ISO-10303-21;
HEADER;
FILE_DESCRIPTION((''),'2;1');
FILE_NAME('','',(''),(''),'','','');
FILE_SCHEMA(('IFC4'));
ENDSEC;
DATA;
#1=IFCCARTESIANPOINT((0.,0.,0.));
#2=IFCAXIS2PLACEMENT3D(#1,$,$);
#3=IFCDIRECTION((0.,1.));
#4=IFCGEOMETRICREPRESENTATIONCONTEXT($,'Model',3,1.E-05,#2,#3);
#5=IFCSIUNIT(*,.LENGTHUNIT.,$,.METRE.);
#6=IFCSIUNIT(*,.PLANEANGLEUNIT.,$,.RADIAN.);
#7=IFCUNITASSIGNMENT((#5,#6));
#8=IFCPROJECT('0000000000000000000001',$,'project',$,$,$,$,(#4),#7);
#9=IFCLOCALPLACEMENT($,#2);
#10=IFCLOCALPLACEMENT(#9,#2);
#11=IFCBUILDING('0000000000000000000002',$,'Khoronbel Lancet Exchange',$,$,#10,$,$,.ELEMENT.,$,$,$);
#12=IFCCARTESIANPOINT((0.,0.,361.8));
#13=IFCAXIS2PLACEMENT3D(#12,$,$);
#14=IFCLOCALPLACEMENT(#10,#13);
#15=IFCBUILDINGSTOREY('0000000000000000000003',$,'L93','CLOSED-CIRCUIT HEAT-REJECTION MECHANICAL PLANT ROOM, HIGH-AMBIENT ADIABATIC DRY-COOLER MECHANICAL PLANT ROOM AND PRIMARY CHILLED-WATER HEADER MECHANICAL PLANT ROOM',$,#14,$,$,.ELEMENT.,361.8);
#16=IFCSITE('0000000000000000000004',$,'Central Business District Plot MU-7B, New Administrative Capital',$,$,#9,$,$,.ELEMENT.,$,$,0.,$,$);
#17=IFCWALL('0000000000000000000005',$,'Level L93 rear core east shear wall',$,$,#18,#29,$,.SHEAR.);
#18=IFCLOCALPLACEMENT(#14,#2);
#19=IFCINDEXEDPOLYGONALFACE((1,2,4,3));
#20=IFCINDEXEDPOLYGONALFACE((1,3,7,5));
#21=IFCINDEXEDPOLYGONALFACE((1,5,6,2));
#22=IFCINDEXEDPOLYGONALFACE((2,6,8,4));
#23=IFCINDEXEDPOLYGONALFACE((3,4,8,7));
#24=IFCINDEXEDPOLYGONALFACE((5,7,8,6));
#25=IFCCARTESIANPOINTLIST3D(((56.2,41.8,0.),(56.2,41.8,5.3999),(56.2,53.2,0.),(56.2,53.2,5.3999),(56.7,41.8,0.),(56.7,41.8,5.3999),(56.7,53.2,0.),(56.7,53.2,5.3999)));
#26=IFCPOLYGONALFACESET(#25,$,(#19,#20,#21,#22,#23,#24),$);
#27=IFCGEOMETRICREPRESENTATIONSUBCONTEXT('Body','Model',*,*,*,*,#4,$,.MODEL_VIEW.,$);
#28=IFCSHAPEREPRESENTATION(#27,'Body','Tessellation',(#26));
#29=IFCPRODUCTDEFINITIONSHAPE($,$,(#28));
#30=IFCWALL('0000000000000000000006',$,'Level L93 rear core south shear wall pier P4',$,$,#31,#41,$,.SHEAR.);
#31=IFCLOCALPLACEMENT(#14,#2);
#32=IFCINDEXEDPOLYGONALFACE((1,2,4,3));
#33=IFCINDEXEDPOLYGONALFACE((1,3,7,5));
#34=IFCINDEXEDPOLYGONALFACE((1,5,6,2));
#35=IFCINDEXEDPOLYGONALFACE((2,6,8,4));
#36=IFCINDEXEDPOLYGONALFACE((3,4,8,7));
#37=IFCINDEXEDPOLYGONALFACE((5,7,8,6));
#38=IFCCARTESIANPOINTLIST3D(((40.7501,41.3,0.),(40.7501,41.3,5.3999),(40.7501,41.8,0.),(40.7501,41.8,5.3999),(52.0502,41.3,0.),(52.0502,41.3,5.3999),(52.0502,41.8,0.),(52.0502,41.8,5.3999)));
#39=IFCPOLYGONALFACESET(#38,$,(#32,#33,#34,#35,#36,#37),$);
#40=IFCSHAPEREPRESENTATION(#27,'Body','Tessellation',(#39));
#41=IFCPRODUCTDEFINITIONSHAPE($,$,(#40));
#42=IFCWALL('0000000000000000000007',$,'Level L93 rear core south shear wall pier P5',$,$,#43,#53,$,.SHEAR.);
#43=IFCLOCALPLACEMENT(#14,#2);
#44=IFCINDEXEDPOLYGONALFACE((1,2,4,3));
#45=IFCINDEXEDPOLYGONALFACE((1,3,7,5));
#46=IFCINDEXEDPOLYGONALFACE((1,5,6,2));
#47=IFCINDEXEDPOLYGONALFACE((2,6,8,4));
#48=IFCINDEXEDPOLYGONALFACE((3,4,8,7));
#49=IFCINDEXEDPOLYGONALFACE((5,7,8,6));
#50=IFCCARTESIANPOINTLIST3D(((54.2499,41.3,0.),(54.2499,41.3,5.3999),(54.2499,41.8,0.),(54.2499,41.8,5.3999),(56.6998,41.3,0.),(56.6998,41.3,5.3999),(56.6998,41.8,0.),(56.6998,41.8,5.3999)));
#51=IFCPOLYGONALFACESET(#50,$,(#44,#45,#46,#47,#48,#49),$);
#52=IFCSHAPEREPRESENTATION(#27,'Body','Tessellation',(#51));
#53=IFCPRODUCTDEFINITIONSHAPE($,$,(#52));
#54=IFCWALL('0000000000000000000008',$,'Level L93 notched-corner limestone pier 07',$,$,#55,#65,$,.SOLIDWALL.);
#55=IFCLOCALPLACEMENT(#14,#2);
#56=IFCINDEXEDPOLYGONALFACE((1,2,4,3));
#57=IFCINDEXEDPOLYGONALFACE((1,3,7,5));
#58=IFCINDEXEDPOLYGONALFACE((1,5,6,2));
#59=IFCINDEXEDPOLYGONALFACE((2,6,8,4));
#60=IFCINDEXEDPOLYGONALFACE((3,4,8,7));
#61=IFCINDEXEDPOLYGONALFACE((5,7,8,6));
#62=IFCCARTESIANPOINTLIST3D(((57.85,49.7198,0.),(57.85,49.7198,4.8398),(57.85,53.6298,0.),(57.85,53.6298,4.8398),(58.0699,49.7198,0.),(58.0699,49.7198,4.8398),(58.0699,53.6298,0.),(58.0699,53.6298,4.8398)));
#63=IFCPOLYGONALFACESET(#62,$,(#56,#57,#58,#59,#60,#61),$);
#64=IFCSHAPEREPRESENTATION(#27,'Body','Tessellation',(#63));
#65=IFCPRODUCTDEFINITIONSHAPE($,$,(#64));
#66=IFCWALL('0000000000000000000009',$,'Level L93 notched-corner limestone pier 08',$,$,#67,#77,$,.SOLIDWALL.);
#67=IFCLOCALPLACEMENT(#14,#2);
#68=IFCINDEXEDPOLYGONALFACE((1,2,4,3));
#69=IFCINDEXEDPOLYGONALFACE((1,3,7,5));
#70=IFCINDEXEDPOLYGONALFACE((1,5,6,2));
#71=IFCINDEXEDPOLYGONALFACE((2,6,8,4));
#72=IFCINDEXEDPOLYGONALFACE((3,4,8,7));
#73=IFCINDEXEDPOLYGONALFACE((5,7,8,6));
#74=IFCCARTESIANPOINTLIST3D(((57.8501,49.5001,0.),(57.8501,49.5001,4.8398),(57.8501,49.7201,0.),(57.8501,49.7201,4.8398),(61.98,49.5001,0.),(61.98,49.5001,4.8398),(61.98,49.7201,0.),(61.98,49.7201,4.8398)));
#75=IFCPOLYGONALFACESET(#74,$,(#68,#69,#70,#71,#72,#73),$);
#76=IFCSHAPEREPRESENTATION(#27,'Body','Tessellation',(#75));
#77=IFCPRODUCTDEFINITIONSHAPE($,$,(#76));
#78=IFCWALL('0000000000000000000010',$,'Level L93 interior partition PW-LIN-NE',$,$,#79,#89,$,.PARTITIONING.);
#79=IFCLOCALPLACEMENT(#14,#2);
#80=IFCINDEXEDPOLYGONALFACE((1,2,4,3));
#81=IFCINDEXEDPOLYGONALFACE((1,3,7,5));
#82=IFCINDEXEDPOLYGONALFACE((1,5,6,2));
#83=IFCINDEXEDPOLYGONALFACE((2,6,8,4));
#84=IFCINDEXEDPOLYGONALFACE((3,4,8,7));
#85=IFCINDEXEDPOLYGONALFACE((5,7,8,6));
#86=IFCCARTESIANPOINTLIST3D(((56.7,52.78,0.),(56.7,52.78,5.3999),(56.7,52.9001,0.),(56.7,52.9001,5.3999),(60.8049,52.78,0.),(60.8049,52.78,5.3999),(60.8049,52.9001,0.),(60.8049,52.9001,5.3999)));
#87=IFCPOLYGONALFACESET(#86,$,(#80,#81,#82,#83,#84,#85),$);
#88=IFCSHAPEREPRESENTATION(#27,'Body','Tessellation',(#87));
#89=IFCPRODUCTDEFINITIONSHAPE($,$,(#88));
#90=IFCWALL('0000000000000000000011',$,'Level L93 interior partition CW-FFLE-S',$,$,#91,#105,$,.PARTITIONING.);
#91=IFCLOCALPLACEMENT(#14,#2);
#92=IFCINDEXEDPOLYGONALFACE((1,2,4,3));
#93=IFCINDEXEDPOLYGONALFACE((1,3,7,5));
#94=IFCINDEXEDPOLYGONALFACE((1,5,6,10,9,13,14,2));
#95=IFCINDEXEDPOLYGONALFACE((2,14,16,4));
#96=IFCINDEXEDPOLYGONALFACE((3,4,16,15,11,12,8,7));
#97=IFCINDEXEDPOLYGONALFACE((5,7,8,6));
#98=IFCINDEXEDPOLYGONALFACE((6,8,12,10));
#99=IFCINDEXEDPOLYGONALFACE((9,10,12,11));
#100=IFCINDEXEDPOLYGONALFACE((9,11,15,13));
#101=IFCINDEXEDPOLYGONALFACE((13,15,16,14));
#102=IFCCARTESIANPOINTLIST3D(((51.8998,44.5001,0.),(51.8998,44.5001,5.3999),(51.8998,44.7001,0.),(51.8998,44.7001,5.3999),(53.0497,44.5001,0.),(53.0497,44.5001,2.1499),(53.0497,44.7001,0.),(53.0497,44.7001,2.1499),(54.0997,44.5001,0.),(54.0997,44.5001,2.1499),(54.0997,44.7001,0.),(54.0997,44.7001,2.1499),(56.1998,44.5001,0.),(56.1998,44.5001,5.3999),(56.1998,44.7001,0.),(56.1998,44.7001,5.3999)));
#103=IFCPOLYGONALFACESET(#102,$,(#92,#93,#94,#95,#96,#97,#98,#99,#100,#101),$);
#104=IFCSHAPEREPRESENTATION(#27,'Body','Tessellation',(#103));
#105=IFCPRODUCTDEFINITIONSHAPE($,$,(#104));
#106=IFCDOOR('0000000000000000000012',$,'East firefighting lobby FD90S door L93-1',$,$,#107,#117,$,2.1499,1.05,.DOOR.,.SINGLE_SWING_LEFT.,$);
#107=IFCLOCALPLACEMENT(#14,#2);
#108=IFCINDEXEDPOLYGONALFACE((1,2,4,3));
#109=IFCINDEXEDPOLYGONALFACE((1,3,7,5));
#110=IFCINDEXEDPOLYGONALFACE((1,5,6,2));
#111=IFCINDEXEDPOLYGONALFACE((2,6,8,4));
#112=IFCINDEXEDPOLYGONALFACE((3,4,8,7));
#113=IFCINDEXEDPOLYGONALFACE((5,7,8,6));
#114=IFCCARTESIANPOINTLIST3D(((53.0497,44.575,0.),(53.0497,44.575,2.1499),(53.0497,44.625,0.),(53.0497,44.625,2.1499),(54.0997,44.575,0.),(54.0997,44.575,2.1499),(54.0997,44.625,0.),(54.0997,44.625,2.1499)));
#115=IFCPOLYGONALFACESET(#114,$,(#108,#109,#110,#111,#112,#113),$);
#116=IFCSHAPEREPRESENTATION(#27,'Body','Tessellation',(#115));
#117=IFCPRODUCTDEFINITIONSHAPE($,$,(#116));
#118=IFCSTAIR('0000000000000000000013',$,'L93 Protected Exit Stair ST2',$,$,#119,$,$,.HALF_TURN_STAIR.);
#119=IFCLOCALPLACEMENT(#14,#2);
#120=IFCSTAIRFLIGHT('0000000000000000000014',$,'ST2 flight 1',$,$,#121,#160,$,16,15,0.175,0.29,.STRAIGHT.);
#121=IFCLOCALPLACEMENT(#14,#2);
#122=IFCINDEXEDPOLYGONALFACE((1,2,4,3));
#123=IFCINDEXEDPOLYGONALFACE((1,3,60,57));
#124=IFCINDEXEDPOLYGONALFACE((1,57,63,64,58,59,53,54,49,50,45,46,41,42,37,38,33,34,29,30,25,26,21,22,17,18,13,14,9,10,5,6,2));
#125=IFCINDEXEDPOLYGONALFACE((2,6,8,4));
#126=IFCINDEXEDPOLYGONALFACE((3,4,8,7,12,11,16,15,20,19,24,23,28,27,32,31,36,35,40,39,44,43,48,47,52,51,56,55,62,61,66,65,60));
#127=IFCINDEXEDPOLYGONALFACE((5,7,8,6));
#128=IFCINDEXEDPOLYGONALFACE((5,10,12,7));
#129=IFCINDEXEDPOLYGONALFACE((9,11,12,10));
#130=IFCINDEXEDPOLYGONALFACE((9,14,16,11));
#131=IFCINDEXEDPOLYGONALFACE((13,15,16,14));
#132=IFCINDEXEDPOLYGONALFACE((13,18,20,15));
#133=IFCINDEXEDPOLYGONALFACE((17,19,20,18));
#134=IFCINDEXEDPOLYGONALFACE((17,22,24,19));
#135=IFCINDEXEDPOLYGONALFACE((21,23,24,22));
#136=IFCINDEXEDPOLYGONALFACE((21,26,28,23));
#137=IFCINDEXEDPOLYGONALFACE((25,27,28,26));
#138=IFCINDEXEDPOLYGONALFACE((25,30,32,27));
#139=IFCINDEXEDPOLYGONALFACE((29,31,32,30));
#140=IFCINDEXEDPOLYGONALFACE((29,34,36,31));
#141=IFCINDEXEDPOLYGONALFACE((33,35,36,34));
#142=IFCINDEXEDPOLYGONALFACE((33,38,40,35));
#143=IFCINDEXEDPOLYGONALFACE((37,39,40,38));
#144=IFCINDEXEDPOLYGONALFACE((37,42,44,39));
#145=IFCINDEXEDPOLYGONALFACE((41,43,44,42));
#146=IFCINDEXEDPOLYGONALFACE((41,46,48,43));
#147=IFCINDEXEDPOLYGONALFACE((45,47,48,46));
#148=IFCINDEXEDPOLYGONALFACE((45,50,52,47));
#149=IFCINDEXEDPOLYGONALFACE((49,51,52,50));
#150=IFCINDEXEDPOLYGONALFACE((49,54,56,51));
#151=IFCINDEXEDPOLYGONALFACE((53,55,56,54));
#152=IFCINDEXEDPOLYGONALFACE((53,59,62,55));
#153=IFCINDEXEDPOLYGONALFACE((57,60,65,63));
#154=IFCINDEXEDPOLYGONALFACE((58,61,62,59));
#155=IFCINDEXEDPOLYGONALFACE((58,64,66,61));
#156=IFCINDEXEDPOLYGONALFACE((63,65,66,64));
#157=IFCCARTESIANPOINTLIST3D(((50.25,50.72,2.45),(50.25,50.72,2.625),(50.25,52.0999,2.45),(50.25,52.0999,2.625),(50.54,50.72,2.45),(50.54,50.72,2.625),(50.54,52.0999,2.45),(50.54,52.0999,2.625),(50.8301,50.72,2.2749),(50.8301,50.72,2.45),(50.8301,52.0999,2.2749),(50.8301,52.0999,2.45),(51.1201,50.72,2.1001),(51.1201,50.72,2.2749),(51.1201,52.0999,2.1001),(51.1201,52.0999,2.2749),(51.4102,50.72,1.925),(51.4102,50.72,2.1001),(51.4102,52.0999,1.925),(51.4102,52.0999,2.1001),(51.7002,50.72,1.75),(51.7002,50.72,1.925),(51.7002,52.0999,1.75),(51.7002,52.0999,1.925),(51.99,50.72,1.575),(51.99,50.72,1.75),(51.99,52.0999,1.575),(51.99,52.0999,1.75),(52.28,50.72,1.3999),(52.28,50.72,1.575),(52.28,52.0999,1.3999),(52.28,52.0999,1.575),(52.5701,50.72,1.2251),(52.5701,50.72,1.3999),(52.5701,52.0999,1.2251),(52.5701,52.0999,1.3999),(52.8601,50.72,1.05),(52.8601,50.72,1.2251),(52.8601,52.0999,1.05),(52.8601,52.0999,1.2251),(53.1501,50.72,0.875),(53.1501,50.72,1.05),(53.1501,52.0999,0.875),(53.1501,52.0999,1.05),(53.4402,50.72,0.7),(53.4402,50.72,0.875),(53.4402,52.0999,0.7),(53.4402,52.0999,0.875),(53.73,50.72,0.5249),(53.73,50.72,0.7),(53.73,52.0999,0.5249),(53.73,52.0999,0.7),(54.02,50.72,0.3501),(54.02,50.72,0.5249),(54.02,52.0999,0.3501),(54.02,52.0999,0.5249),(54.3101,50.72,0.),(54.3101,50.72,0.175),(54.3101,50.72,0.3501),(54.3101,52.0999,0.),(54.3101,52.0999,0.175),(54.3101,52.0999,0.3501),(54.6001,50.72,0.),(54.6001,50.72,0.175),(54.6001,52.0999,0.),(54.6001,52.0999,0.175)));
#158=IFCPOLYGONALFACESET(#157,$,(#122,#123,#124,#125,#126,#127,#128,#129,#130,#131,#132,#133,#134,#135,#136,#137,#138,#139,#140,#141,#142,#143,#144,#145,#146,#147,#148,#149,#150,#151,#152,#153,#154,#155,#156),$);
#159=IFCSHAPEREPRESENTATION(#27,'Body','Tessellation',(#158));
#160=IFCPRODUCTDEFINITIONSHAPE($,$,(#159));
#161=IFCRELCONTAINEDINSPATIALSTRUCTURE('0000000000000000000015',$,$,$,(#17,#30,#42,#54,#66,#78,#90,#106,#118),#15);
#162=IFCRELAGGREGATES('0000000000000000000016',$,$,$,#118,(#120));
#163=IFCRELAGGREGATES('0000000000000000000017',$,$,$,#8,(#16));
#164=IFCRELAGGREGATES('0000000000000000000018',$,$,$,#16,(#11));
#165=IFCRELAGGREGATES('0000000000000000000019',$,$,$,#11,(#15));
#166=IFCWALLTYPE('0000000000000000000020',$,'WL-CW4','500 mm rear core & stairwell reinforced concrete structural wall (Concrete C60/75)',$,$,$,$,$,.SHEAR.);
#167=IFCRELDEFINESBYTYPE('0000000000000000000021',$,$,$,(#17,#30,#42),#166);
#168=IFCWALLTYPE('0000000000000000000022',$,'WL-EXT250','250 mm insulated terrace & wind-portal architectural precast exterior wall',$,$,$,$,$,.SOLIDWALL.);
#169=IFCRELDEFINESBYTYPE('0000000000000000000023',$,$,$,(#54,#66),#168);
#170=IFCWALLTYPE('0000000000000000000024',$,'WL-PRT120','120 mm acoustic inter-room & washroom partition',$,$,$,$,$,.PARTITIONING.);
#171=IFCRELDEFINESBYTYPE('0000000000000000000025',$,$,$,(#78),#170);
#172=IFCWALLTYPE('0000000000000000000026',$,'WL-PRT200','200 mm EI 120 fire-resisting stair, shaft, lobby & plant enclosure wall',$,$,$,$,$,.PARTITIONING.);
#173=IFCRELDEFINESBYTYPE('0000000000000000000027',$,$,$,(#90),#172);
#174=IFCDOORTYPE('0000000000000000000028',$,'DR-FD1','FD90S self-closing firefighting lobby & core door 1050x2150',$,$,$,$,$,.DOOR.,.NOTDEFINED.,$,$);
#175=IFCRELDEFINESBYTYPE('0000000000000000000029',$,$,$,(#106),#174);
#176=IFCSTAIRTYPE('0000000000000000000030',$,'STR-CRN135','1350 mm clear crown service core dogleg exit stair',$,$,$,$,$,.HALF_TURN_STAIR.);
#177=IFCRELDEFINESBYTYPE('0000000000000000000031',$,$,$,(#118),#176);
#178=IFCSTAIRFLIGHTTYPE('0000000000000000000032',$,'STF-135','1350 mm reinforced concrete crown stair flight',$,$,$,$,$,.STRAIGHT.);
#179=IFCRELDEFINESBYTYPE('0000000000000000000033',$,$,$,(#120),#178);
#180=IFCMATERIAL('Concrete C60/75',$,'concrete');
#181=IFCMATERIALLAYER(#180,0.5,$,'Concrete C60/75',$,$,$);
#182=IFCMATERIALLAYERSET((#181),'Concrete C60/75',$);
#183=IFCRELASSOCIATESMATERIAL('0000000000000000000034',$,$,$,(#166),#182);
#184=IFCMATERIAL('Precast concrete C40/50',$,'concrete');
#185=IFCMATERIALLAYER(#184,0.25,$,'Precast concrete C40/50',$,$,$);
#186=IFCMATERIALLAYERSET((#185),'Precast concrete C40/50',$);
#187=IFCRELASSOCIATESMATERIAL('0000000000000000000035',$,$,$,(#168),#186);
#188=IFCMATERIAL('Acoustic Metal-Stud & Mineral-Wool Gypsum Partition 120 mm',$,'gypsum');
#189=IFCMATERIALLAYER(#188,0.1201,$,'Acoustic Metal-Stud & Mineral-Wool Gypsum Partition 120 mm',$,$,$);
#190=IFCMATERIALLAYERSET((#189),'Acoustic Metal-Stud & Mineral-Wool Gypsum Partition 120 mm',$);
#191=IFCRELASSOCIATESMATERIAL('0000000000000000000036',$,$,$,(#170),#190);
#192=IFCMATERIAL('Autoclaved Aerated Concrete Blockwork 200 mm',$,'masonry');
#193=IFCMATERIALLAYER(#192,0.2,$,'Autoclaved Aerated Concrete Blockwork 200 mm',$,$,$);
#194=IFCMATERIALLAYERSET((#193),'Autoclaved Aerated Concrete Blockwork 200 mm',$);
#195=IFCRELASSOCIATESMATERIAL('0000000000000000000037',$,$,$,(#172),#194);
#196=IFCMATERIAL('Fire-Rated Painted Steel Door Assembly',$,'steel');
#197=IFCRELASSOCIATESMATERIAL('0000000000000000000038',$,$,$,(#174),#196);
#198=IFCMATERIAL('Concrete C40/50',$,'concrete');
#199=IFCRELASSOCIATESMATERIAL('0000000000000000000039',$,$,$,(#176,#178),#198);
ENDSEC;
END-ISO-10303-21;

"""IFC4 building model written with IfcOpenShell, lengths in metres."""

from ifc_helpers import new_model, si_unit, direction, frame, frame_2d, origin, place, context, subcontext, project, spatial, polyline, rectangle, outline, extrude, material, layer, layer_set, type_object, element, fill, aggregate, save


model = new_model("IFC4")

# Units and contexts
model_context = context("Model", 3, precision=1e-05, world=origin(), true_north=direction((0.0, 1.0)))
body_context = subcontext(model_context, "Body", "Model", "MODEL_VIEW")
ifc_project = project(units=[si_unit("LENGTHUNIT", "METRE"), si_unit("PLANEANGLEUNIT", "RADIAN")], contexts=[model_context])

# Site, building, storey
site_placement = place(None, origin())
site = spatial("IfcSite", under=ifc_project, at=site_placement, Name="Central Business District Plot MU-7B, New Administrative Capital", CompositionType="ELEMENT", RefElevation=0.0)
building_placement = place(site_placement, origin())
building = spatial("IfcBuilding", under=site, at=building_placement, Name="Khoronbel Lancet Exchange", CompositionType="ELEMENT")
storey_placement = place(building_placement, frame((0.0, 0.0, 361.8)))
storey = spatial("IfcBuildingStorey", under=building, at=storey_placement, Name="L93", Description="CLOSED-CIRCUIT HEAT-REJECTION MECHANICAL PLANT ROOM, HIGH-AMBIENT ADIABATIC DRY-COOLER MECHANICAL PLANT ROOM AND PRIMARY CHILLED-WATER HEADER MECHANICAL PLANT ROOM", CompositionType="ELEMENT", Elevation=361.8)

# Shared definitions
ifc_material_1 = material(Name="Concrete C60/75", Category="concrete")

# Walls
ifc_layer_1 = layer(ifc_material_1, 0.5, Name="Concrete C60/75")
ifc_layer_set_1 = layer_set([ifc_layer_1], Name="Concrete C60/75")
wall_type_1 = type_object("IfcWallType", Name="WL-CW4", Description="500 mm rear core & stairwell reinforced concrete structural wall (Concrete C60/75)", PredefinedType="SHEAR", material=ifc_layer_set_1)
wall_1_placement = place(storey_placement, frame((56.45, 53.2, 0.0), z_axis=(0.0, 0.0, 1.0), x_axis=(0.0, -1.0, 0.0)))
element("IfcWall", 1, at=wall_1_placement, inside=storey, type_object=wall_type_1, Name="Level L93 rear core east shear wall", PredefinedType="SHEAR", context=body_context, shape_type="SweptSolid", body=[
    extrude(rectangle(XDim=11.3999, YDim=0.5, at=frame_2d((5.7, 0.0))), origin(), (0.0, 0.0, 1.0), 5.3999),
])
wall_2_placement = place(storey_placement, frame((52.05, 41.55, 0.0), z_axis=(0.0, 0.0, 1.0), x_axis=(-1.0, 0.0, 0.0)))
element("IfcWall", 2, at=wall_2_placement, inside=storey, type_object=wall_type_1, Name="Level L93 rear core south shear wall pier P4", PredefinedType="SHEAR", context=body_context, shape_type="SweptSolid", body=[
    extrude(rectangle(XDim=11.3, YDim=0.5, at=frame_2d((5.6499, 0.0))), origin(), (0.0, 0.0, 1.0), 5.3999),
])
wall_3_placement = place(storey_placement, frame((56.7, 41.55, 0.0), z_axis=(0.0, 0.0, 1.0), x_axis=(-1.0, 0.0, 0.0)))
element("IfcWall", 3, at=wall_3_placement, inside=storey, type_object=wall_type_1, Name="Level L93 rear core south shear wall pier P5", PredefinedType="SHEAR", context=body_context, shape_type="SweptSolid", body=[
    extrude(rectangle(XDim=2.45, YDim=0.5, at=frame_2d((1.2251, 0.0))), origin(), (0.0, 0.0, 1.0), 5.3999),
])
ifc_material_2 = material(Name="Precast concrete C40/50", Category="concrete")
ifc_layer_2 = layer(ifc_material_2, 0.25, Name="Precast concrete C40/50")
ifc_layer_set_2 = layer_set([ifc_layer_2], Name="Precast concrete C40/50")
wall_type_2 = type_object("IfcWallType", Name="WL-EXT250", Description="250 mm insulated terrace & wind-portal architectural precast exterior wall", PredefinedType="SOLIDWALL", material=ifc_layer_set_2)
wall_4_placement = place(storey_placement, frame((57.96, 53.6299, 0.0), z_axis=(0.0, 0.0, 1.0), x_axis=(0.0, -1.0, 0.0)))
element("IfcWall", 4, at=wall_4_placement, inside=storey, type_object=wall_type_2, Name="Level L93 notched-corner limestone pier 07", PredefinedType="SOLIDWALL", context=body_context, shape_type="SweptSolid", body=[
    extrude(rectangle(XDim=3.9099, YDim=0.22, at=frame_2d((1.9551, 0.0))), origin(), (0.0, 0.0, 1.0), 4.8398),
])
wall_5_placement = place(storey_placement, frame((57.8501, 49.6101, 0.0), z_axis=(0.0, 0.0, 1.0), x_axis=(1.0, 0.0, 0.0)))
element("IfcWall", 5, at=wall_5_placement, inside=storey, type_object=wall_type_2, Name="Level L93 notched-corner limestone pier 08", PredefinedType="SOLIDWALL", context=body_context, shape_type="SweptSolid", body=[
    extrude(rectangle(XDim=4.1299, YDim=0.22, at=frame_2d((2.0649, 0.0))), origin(), (0.0, 0.0, 1.0), 4.8398),
])
ifc_material_3 = material(Name="Acoustic Metal-Stud & Mineral-Wool Gypsum Partition 120 mm", Category="gypsum")
ifc_layer_3 = layer(ifc_material_3, 0.1201, Name="Acoustic Metal-Stud & Mineral-Wool Gypsum Partition 120 mm")
ifc_layer_set_3 = layer_set([ifc_layer_3], Name="Acoustic Metal-Stud & Mineral-Wool Gypsum Partition 120 mm")
wall_type_3 = type_object("IfcWallType", Name="WL-PRT120", Description="120 mm acoustic inter-room & washroom partition", PredefinedType="PARTITIONING", material=ifc_layer_set_3)
wall_6_placement = place(storey_placement, frame((56.7, 52.8401, 0.0), z_axis=(0.0, 0.0, 1.0), x_axis=(1.0, 0.0, 0.0)))
element("IfcWall", 6, at=wall_6_placement, inside=storey, type_object=wall_type_3, Name="Level L93 interior partition PW-LIN-NE", PredefinedType="PARTITIONING", context=body_context, shape_type="SweptSolid", body=[
    extrude(rectangle(XDim=4.105, YDim=0.1201, at=frame_2d((2.0525, 0.0))), origin(), (0.0, 0.0, 1.0), 5.3999),
])

# Wall, opening, door
ifc_material_4 = material(Name="Autoclaved Aerated Concrete Blockwork 200 mm", Category="masonry")
ifc_layer_4 = layer(ifc_material_4, 0.2, Name="Autoclaved Aerated Concrete Blockwork 200 mm")
ifc_layer_set_4 = layer_set([ifc_layer_4], Name="Autoclaved Aerated Concrete Blockwork 200 mm")
wall_type_4 = type_object("IfcWallType", Name="WL-PRT200", Description="200 mm EI 120 fire-resisting stair, shaft, lobby & plant enclosure wall", PredefinedType="PARTITIONING", material=ifc_layer_set_4)
wall_7_placement = place(storey_placement, frame((51.8999, 44.6001, 0.0), z_axis=(0.0, 0.0, 1.0), x_axis=(1.0, 0.0, 0.0)))
wall_7 = element("IfcWall", 7, at=wall_7_placement, inside=storey, type_object=wall_type_4, Name="Level L93 interior partition CW-FFLE-S", PredefinedType="PARTITIONING", context=body_context, shape_type="SweptSolid", body=[
    extrude(rectangle(XDim=4.3, YDim=0.2, at=frame_2d((2.1499, 0.0))), origin(), (0.0, 0.0, 1.0), 5.3999),
])
opening_placement = place(wall_7_placement, frame((1.1499, 0.0, 0.0)))
opening = element("IfcOpeningElement", 8, at=opening_placement, cuts=wall_7, PredefinedType="OPENING", context=body_context, shape_type="SweptSolid", body=[
    extrude(rectangle(XDim=1.05, YDim=2.1499, at=frame_2d((0.5249, 1.075))), frame((0.0, 0.1099, 0.0), z_axis=(0.0, -1.0, 0.0), x_axis=(1.0, 0.0, 0.0)), (0.0, 0.0, 1.0), 0.22),
])
ifc_material_5 = material(Name="Fire-Rated Painted Steel Door Assembly", Category="steel")
door_type = type_object("IfcDoorType", Name="DR-FD1", Description="FD90S self-closing firefighting lobby & core door 1050x2150", OperationType="NOTDEFINED", PredefinedType="DOOR", material=ifc_material_5)
door_placement = place(opening_placement, origin())
door = element("IfcDoor", 9, at=door_placement, inside=storey, type_object=door_type, Name="East firefighting lobby FD90S door L93-1", OperationType="SINGLE_SWING_LEFT", OverallHeight=2.1499, OverallWidth=1.05, PredefinedType="DOOR", context=body_context, shape_type="SweptSolid", body=[
    extrude(rectangle(XDim=1.05, YDim=2.1499, at=frame_2d((0.5249, 1.075))), frame((0.0, 0.0249, 0.0), z_axis=(0.0, -1.0, 0.0), x_axis=(1.0, 0.0, 0.0)), (0.0, 0.0, 1.0), 0.05),
])
fill(opening, door)

# Stair, stair flight
ifc_material_6 = material(Name="Concrete C40/50", Category="concrete")
stair_type = type_object("IfcStairType", Name="STR-CRN135", Description="1350 mm clear crown service core dogleg exit stair", PredefinedType="HALF_TURN_STAIR", material=ifc_material_6)
stair_placement = place(storey_placement, origin())
stair = element("IfcStair", 10, at=stair_placement, inside=storey, type_object=stair_type, Name="L93 Protected Exit Stair ST2", PredefinedType="HALF_TURN_STAIR")
stair_flight_type = type_object("IfcStairFlightType", Name="STF-135", Description="1350 mm reinforced concrete crown stair flight", PredefinedType="STRAIGHT", material=ifc_material_6)
stair_flight_placement = place(storey_placement, frame((54.6001, 51.4099, 0.0), z_axis=(0.0, 0.0, 1.0), x_axis=(-1.0, 0.0, 0.0)))
stair_flight = element("IfcStairFlight", 11, at=stair_flight_placement, type_object=stair_flight_type, Name="ST2 flight 1", NumberOfRisers=16, NumberOfTreads=15, PredefinedType="STRAIGHT", RiserHeight=0.175, TreadLength=0.29, context=body_context, shape_type="SweptSolid", body=[
    extrude(outline(polyline([(0.0, 0.0), (0.0, 0.175), (0.29, 0.175), (0.29, 0.3501), (0.5801, 0.3501), (0.5801, 0.5249), (0.8701, 0.5249), (0.8701, 0.7), (1.1599, 0.7), (1.1599, 0.875), (1.45, 0.875), (1.45, 1.05), (1.74, 1.05), (1.74, 1.2251), (2.03, 1.2251), (2.03, 1.3999), (2.3201, 1.3999), (2.3201, 1.575), (2.6101, 1.575), (2.6101, 1.75), (2.8999, 1.75), (2.8999, 1.925), (3.1899, 1.925), (3.1899, 2.1001), (3.48, 2.1001), (3.48, 2.2749), (3.77, 2.2749), (3.77, 2.45), (4.0601, 2.45), (4.0601, 2.625), (4.3501, 2.625), (4.3501, 2.8), (4.3501, 2.45), (0.29, 0.0), (0.0, 0.0)])), frame((0.0, 0.6899, 0.0), z_axis=(0.0, -1.0, 0.0), x_axis=(1.0, 0.0, 0.0)), (0.0, 0.0, 1.0), 1.3799),
])
aggregate(stair, [stair_flight])

save(model, "model.ifc")
